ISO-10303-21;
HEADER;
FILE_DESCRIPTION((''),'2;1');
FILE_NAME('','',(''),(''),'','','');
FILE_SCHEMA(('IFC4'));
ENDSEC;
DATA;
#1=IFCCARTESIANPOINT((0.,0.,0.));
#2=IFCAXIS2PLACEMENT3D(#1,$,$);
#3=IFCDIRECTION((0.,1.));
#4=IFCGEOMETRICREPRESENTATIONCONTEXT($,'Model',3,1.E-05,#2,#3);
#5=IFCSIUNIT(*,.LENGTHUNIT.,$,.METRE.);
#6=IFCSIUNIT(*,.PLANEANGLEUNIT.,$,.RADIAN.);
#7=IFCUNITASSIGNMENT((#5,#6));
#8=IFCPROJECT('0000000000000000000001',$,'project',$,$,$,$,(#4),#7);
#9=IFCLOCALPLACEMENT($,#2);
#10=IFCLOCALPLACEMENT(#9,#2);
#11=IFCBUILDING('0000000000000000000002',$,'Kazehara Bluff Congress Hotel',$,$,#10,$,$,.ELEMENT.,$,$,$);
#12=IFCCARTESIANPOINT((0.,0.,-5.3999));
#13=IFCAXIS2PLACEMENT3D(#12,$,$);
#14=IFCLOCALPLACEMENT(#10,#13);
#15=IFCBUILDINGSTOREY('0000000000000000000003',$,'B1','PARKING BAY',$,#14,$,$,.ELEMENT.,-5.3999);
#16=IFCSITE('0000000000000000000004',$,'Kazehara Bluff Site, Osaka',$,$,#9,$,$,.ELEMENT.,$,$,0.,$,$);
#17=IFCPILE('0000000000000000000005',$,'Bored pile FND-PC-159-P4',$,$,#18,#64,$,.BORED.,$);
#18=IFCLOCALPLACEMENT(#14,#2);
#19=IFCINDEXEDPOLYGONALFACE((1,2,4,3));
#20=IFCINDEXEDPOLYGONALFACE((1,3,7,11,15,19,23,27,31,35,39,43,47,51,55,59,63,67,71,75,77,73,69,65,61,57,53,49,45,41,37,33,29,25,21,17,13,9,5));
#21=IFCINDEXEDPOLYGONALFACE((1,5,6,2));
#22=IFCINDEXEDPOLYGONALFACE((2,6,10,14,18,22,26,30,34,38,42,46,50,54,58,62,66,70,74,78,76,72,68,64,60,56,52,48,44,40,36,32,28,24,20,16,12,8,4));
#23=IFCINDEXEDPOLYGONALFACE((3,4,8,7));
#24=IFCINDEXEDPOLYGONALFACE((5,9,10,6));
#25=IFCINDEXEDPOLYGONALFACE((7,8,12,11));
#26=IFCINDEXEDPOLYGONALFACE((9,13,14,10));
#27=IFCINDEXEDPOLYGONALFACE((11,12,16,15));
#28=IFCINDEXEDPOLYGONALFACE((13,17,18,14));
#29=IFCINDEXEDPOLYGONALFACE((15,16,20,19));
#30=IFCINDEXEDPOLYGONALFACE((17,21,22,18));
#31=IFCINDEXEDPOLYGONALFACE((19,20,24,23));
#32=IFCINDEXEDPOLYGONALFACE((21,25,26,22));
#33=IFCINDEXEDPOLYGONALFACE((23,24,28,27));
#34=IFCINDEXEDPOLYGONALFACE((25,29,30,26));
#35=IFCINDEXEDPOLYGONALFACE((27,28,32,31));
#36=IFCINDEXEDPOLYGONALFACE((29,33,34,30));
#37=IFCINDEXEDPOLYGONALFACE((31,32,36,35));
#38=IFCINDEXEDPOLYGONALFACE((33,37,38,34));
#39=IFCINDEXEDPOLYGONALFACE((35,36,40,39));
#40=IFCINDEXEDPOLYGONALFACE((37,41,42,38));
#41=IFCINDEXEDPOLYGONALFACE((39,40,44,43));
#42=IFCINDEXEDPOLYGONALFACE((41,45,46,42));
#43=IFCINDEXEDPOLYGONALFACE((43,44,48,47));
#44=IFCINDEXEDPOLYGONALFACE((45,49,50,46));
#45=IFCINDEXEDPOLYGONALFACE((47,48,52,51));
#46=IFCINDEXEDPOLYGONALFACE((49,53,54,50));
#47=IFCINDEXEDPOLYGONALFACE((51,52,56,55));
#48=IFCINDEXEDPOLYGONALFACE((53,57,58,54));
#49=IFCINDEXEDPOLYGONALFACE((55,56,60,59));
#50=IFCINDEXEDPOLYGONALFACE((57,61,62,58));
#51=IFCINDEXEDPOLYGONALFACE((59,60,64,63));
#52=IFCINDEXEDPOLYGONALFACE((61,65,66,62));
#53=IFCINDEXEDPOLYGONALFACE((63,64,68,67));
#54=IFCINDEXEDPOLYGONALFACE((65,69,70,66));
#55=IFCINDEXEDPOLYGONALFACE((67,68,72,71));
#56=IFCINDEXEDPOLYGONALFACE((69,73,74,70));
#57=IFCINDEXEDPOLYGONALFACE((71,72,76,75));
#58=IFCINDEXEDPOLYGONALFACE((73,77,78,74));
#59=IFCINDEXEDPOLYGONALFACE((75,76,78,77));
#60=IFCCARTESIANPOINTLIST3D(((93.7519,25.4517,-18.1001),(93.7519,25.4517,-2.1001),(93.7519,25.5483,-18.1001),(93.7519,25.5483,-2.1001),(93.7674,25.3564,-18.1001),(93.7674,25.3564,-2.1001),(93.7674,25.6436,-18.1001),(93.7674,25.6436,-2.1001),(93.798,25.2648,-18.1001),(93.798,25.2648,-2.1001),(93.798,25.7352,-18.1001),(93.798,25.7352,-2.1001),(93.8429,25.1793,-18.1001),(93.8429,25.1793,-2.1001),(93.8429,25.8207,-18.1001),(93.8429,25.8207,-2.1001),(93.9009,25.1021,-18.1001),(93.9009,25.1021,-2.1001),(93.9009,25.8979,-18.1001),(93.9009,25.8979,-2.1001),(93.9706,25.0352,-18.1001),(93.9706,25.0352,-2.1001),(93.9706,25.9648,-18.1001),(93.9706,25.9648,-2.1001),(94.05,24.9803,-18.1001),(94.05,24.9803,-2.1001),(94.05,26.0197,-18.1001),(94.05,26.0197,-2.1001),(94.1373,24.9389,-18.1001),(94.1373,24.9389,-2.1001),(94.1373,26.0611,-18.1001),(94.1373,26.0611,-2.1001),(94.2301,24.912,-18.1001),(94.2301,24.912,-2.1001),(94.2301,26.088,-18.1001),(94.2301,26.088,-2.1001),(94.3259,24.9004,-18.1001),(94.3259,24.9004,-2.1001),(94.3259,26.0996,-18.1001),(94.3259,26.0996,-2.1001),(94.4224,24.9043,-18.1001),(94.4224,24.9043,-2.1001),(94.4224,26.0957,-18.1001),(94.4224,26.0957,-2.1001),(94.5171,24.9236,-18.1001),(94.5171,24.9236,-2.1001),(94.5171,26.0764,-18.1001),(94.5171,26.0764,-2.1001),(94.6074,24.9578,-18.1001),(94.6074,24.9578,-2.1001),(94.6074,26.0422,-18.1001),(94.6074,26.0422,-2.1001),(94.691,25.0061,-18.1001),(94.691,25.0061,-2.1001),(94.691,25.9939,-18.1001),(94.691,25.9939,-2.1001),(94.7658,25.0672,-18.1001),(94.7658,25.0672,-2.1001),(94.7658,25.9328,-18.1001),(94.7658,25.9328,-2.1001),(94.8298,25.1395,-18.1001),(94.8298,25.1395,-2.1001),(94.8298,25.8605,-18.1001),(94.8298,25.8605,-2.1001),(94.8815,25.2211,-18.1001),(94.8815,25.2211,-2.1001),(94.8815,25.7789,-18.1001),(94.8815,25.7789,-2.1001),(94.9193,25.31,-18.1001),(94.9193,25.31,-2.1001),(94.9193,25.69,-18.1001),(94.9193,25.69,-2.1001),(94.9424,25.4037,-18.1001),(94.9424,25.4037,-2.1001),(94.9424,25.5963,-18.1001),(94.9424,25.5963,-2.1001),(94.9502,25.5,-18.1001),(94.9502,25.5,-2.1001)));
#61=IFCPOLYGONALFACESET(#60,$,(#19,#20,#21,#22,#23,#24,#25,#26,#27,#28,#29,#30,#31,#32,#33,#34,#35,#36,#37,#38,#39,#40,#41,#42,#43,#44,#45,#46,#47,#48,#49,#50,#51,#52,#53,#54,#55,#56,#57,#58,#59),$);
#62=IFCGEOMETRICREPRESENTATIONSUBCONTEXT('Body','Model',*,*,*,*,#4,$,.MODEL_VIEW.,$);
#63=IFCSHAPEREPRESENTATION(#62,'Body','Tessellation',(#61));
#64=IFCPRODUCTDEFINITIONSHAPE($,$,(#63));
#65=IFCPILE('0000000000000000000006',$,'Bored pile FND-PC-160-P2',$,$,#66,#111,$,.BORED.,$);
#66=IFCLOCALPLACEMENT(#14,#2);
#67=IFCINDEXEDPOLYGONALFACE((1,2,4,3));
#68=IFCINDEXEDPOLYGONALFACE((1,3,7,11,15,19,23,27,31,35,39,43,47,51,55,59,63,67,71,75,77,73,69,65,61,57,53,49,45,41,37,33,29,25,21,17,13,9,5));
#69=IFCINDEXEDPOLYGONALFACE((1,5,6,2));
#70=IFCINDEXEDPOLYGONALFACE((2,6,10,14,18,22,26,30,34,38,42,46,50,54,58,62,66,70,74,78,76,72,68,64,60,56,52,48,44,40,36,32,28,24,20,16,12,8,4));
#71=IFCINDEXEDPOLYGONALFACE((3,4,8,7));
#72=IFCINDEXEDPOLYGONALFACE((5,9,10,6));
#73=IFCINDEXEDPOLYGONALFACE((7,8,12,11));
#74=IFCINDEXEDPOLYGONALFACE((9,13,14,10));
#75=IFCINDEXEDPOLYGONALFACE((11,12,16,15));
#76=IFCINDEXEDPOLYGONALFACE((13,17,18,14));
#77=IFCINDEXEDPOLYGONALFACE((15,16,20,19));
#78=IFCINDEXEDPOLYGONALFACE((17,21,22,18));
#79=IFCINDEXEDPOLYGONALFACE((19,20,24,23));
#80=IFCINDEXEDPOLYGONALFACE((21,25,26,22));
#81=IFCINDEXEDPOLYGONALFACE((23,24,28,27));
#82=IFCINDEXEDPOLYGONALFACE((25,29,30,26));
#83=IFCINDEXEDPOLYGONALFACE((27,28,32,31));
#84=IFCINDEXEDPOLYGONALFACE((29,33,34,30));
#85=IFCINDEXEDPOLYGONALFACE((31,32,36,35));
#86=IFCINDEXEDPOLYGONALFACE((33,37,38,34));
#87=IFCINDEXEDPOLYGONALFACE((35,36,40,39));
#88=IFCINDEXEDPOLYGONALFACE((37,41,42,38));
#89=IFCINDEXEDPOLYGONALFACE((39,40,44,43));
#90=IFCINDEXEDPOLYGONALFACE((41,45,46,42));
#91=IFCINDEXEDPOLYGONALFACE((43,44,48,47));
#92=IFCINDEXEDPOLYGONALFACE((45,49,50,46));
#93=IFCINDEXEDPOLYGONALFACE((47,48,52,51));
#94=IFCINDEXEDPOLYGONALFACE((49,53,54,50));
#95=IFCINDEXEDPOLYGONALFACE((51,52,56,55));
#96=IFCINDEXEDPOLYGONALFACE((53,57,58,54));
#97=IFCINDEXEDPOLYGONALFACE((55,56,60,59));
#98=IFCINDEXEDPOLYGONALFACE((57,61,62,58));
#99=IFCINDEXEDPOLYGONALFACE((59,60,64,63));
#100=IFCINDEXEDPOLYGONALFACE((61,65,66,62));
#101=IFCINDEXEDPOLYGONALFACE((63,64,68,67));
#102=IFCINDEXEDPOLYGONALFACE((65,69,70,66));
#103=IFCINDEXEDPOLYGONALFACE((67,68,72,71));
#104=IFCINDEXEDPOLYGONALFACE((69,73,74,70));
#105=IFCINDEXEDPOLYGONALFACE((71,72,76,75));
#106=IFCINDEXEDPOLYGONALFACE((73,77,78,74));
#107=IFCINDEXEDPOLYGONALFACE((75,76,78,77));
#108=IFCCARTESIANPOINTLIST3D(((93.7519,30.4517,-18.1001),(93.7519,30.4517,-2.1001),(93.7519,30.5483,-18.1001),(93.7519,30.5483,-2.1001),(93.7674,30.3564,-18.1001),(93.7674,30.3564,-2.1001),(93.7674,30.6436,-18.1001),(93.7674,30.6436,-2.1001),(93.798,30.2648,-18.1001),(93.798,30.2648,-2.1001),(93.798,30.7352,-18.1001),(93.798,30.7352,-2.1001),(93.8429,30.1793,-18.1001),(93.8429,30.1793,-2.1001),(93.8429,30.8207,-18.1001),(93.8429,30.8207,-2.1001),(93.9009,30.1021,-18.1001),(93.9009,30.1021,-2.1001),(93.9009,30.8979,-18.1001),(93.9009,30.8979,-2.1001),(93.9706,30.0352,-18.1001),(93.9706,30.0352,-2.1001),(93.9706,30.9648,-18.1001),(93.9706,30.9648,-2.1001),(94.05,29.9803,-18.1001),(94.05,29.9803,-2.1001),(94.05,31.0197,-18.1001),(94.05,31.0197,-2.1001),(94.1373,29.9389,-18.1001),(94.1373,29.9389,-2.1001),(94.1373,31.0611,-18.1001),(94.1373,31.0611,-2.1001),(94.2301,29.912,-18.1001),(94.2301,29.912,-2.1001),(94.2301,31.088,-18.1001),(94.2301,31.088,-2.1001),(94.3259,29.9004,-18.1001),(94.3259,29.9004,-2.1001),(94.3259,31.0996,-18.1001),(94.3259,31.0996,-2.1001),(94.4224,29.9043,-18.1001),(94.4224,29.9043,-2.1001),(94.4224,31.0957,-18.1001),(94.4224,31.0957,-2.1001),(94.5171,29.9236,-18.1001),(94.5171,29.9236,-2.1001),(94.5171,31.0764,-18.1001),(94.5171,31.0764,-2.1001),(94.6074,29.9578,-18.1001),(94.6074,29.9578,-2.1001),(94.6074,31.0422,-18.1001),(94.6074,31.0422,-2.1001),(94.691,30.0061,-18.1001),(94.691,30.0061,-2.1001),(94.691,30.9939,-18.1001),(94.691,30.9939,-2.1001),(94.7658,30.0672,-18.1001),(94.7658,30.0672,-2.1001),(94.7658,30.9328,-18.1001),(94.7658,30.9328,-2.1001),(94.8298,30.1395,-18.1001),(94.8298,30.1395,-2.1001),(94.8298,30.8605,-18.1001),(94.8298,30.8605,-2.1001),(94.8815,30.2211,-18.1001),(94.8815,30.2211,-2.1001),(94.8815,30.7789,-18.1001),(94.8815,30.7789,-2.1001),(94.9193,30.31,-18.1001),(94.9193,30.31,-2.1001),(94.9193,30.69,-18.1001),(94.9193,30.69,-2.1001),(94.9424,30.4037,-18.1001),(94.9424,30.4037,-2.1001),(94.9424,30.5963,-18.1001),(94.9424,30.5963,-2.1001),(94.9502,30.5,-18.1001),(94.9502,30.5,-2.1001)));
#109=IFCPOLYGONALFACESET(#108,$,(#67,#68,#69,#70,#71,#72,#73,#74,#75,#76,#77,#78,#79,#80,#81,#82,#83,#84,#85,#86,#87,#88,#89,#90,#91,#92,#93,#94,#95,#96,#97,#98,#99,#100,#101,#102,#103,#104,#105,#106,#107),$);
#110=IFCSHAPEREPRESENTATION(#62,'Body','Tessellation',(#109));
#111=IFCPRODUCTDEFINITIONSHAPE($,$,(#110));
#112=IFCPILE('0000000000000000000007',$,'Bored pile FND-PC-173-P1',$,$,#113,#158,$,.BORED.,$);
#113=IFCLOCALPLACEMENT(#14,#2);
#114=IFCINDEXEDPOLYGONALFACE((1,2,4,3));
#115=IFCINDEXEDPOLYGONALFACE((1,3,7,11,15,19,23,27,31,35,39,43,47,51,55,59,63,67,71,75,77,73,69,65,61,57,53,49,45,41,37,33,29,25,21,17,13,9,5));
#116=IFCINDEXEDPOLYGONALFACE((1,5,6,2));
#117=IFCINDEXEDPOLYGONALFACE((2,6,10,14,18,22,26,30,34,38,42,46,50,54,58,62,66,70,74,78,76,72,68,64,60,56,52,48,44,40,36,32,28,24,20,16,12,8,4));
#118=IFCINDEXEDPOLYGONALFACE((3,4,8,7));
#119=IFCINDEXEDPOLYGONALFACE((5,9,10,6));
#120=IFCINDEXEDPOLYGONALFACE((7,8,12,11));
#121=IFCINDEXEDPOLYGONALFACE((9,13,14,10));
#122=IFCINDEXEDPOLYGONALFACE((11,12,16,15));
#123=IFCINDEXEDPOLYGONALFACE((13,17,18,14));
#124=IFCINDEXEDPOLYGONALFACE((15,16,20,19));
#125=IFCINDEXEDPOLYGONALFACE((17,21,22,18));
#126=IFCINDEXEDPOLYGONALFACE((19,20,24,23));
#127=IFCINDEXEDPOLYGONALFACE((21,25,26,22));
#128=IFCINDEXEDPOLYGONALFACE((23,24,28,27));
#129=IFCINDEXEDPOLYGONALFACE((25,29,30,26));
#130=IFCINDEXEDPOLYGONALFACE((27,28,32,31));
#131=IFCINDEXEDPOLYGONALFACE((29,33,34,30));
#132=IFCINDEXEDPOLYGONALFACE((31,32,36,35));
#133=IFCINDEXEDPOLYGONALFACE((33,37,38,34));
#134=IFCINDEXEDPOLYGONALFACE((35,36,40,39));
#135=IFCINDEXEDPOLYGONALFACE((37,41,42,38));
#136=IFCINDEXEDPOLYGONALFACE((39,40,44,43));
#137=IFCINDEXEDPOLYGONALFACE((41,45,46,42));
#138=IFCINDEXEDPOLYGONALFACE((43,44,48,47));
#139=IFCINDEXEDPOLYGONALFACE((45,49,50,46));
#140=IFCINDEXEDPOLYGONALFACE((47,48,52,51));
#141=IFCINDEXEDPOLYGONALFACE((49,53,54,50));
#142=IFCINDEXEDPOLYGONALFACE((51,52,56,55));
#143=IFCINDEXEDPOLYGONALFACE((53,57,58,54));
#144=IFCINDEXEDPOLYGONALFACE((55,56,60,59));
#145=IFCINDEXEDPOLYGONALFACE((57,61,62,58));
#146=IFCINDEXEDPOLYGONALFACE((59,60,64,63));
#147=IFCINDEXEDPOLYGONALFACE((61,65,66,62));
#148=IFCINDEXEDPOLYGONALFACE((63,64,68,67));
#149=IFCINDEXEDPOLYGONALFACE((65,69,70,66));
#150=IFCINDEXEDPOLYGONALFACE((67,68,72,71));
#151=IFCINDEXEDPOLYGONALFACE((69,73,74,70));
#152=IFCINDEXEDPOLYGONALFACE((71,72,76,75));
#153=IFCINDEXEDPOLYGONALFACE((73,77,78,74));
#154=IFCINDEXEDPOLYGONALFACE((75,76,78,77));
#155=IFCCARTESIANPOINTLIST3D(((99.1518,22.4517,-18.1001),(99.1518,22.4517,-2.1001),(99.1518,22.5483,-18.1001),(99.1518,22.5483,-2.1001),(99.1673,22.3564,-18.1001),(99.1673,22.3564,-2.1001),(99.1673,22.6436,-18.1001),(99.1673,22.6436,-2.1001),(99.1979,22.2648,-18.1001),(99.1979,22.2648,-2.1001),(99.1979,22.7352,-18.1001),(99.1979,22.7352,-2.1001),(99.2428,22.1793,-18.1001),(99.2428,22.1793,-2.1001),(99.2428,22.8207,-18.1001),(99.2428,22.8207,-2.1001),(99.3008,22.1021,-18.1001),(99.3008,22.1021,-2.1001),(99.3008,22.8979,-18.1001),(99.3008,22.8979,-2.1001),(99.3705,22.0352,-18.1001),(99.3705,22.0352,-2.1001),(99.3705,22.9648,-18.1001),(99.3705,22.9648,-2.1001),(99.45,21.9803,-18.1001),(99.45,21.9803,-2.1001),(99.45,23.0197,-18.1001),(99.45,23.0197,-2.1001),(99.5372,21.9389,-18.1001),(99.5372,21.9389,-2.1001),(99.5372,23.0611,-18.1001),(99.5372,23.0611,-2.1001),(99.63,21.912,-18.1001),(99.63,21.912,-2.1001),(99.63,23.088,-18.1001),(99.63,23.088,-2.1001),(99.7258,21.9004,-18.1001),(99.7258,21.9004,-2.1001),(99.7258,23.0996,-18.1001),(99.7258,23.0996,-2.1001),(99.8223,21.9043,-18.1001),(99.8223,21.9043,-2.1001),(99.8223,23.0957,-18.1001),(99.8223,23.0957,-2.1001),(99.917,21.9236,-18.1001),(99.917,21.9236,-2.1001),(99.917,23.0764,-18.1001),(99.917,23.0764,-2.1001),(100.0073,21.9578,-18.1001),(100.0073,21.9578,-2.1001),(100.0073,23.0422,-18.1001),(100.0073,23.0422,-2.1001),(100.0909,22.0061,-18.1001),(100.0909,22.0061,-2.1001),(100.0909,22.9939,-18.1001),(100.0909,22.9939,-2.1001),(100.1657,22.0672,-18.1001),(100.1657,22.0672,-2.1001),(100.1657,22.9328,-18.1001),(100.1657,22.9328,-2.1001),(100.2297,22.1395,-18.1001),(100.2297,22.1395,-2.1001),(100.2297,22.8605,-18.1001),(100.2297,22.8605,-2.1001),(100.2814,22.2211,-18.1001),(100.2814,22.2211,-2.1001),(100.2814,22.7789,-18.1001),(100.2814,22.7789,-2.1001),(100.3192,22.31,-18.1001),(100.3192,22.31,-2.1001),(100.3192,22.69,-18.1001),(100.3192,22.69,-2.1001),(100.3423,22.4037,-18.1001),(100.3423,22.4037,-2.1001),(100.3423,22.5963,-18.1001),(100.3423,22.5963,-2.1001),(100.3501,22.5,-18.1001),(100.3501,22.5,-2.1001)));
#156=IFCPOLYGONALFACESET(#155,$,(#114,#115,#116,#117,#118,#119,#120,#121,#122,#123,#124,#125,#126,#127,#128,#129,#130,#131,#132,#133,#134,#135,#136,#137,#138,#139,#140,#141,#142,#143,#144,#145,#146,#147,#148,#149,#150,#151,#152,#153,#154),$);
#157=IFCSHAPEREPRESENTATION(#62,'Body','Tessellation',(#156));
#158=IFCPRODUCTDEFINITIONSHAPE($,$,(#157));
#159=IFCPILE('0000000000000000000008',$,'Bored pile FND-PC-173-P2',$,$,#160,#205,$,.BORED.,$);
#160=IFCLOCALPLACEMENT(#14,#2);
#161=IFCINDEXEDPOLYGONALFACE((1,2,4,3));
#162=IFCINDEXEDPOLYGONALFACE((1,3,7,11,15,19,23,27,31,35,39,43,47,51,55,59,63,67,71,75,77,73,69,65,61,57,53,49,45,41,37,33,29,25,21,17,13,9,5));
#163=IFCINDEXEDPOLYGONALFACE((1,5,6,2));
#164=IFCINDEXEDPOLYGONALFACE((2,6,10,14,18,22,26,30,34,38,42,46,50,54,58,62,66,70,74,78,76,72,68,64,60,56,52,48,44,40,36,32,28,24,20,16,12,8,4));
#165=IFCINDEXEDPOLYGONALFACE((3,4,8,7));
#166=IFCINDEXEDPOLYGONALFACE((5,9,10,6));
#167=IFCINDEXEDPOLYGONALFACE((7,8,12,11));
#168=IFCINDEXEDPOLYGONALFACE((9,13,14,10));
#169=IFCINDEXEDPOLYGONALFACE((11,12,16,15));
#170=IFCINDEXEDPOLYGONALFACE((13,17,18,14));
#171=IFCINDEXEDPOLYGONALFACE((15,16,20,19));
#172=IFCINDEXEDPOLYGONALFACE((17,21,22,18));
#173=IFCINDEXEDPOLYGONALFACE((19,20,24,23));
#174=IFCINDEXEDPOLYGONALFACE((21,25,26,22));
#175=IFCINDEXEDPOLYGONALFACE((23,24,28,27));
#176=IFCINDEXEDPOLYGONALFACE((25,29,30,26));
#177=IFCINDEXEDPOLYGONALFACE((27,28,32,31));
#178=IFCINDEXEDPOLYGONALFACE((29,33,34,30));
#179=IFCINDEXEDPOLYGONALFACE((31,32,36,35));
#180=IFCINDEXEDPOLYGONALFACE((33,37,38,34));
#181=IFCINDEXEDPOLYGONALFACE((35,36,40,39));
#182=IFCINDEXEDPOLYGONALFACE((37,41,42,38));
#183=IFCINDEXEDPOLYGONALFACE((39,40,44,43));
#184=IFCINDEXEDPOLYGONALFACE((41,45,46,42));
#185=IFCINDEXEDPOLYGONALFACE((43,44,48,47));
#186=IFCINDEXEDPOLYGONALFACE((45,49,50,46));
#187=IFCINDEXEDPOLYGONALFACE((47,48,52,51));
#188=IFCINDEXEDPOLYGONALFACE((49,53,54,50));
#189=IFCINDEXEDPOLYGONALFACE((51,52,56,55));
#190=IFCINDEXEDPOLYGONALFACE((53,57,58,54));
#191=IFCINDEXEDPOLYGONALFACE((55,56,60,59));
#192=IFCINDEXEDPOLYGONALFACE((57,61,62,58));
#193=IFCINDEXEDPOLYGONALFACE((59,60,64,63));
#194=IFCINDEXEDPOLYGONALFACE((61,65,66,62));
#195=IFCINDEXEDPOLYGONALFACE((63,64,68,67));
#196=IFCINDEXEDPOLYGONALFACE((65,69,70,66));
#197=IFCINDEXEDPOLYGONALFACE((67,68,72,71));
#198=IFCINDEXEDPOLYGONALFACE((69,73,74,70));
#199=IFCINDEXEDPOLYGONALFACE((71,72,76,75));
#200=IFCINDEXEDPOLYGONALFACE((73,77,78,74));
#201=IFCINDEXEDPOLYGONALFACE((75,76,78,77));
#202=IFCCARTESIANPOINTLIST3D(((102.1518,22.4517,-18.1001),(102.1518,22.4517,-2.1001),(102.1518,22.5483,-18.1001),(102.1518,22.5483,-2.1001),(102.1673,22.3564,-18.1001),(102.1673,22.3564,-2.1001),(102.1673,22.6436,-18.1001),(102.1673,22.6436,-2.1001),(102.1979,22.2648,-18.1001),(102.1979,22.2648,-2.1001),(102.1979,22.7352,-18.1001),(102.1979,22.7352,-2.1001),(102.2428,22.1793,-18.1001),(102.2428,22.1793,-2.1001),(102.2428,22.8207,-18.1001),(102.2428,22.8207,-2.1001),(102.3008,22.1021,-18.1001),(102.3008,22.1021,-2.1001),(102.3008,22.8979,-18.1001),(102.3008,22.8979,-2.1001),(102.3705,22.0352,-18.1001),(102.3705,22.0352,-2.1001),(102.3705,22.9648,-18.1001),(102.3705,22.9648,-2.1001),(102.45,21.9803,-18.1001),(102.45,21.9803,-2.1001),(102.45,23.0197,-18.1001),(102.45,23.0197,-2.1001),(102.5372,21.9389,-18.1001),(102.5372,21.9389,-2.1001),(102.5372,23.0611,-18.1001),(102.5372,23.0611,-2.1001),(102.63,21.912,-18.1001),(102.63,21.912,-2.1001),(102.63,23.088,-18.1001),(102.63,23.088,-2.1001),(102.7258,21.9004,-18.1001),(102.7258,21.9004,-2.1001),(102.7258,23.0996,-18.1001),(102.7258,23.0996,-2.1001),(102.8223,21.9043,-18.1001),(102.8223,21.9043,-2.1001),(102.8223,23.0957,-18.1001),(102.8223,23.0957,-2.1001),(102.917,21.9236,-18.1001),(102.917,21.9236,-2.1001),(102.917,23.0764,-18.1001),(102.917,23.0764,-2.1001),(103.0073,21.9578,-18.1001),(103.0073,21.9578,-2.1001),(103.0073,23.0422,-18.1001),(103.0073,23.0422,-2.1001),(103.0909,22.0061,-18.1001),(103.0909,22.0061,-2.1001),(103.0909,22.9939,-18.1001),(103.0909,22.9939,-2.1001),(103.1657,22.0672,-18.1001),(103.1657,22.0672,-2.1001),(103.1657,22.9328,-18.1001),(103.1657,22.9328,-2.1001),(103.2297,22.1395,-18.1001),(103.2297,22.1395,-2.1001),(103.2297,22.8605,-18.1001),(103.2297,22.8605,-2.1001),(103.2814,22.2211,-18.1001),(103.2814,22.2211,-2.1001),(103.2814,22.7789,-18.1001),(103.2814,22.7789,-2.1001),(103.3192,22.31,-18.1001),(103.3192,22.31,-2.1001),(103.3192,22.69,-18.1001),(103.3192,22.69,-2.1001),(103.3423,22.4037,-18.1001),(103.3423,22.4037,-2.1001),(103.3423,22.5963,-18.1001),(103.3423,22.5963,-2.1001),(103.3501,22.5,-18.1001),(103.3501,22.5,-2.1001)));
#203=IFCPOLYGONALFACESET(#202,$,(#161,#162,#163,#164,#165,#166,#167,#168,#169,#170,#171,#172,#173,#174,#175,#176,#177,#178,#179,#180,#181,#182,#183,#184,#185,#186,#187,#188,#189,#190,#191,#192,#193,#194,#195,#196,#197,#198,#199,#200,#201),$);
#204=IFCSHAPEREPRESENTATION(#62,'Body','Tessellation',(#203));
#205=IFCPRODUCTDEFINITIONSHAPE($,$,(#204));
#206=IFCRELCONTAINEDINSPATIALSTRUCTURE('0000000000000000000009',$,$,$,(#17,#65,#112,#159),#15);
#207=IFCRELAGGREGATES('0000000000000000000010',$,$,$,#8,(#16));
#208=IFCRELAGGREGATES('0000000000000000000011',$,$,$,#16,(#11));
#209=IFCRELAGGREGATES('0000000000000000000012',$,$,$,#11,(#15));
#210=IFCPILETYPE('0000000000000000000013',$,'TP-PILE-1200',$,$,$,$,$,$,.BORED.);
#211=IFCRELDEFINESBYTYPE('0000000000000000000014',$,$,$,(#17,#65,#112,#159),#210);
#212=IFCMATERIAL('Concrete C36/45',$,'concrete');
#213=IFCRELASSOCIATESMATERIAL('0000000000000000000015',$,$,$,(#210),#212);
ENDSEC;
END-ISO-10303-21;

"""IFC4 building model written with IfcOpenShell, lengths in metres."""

from ifc_helpers import new_model, si_unit, direction, frame, origin, origin_2d, place, context, subcontext, project, spatial, circle, extrude, material, material_profile, profile_set, type_object, element, save


model = new_model("IFC4")

# Units and contexts
model_context = context("Model", 3, precision=1e-05, world=origin(), true_north=direction((0.0, 1.0)))
body_context = subcontext(model_context, "Body", "Model", "MODEL_VIEW")
ifc_project = project(units=[si_unit("LENGTHUNIT", "METRE"), si_unit("PLANEANGLEUNIT", "RADIAN")], contexts=[model_context])

# Site, building, storey
site_placement = place(None, origin())
site = spatial("IfcSite", under=ifc_project, at=site_placement, Name="Kazehara Bluff Site, Osaka", CompositionType="ELEMENT", RefElevation=0.0)
building_placement = place(site_placement, origin())
building = spatial("IfcBuilding", under=site, at=building_placement, Name="Kazehara Bluff Congress Hotel", CompositionType="ELEMENT")
storey_placement = place(building_placement, frame((0.0, 0.0, -5.3999)))
storey = spatial("IfcBuildingStorey", under=building, at=storey_placement, Name="B1", Description="PARKING BAY", CompositionType="ELEMENT", Elevation=-5.3999)

# Piles
ifc_material_1 = material(Name="Concrete C36/45", Category="concrete")
ifc_material_profile_1 = material_profile(ifc_material_1, circle(Radius=0.6001, at=origin_2d()))
ifc_profile_set_1 = profile_set([ifc_material_profile_1], Name="Concrete C36/45")
pile_type = type_object("IfcPileType", Name="TP-PILE-1200", PredefinedType="BORED", material=ifc_profile_set_1)
for number, where, z_axis, x_axis, name in (
    (1, (94.3501, 25.5, -2.1001), (0.0, 0.0, -1.0), (1.0, 0.0, 0.0), "Bored pile FND-PC-159-P4"),
    (2, (94.3501, 30.5, -2.1001), (0.0, 0.0, -1.0), (1.0, 0.0, 0.0), "Bored pile FND-PC-160-P2"),
    (3, (99.75, 22.5, -2.1001), (0.0, 0.0, -1.0), (1.0, 0.0, 0.0), "Bored pile FND-PC-173-P1"),
    (4, (102.75, 22.5, -2.1001), (0.0, 0.0, -1.0), (1.0, 0.0, 0.0), "Bored pile FND-PC-173-P2"),
):
    element("IfcPile", number, at=place(storey_placement, frame(where, z_axis=z_axis, x_axis=x_axis)), inside=storey, type_object=pile_type, Name=name, PredefinedType="BORED", context=body_context, shape_type="SweptSolid", body=[
        extrude(circle(Radius=0.6001, at=origin_2d()), origin(), (0.0, 0.0, 1.0), 16.0),
    ])

save(model, "model.ifc")
